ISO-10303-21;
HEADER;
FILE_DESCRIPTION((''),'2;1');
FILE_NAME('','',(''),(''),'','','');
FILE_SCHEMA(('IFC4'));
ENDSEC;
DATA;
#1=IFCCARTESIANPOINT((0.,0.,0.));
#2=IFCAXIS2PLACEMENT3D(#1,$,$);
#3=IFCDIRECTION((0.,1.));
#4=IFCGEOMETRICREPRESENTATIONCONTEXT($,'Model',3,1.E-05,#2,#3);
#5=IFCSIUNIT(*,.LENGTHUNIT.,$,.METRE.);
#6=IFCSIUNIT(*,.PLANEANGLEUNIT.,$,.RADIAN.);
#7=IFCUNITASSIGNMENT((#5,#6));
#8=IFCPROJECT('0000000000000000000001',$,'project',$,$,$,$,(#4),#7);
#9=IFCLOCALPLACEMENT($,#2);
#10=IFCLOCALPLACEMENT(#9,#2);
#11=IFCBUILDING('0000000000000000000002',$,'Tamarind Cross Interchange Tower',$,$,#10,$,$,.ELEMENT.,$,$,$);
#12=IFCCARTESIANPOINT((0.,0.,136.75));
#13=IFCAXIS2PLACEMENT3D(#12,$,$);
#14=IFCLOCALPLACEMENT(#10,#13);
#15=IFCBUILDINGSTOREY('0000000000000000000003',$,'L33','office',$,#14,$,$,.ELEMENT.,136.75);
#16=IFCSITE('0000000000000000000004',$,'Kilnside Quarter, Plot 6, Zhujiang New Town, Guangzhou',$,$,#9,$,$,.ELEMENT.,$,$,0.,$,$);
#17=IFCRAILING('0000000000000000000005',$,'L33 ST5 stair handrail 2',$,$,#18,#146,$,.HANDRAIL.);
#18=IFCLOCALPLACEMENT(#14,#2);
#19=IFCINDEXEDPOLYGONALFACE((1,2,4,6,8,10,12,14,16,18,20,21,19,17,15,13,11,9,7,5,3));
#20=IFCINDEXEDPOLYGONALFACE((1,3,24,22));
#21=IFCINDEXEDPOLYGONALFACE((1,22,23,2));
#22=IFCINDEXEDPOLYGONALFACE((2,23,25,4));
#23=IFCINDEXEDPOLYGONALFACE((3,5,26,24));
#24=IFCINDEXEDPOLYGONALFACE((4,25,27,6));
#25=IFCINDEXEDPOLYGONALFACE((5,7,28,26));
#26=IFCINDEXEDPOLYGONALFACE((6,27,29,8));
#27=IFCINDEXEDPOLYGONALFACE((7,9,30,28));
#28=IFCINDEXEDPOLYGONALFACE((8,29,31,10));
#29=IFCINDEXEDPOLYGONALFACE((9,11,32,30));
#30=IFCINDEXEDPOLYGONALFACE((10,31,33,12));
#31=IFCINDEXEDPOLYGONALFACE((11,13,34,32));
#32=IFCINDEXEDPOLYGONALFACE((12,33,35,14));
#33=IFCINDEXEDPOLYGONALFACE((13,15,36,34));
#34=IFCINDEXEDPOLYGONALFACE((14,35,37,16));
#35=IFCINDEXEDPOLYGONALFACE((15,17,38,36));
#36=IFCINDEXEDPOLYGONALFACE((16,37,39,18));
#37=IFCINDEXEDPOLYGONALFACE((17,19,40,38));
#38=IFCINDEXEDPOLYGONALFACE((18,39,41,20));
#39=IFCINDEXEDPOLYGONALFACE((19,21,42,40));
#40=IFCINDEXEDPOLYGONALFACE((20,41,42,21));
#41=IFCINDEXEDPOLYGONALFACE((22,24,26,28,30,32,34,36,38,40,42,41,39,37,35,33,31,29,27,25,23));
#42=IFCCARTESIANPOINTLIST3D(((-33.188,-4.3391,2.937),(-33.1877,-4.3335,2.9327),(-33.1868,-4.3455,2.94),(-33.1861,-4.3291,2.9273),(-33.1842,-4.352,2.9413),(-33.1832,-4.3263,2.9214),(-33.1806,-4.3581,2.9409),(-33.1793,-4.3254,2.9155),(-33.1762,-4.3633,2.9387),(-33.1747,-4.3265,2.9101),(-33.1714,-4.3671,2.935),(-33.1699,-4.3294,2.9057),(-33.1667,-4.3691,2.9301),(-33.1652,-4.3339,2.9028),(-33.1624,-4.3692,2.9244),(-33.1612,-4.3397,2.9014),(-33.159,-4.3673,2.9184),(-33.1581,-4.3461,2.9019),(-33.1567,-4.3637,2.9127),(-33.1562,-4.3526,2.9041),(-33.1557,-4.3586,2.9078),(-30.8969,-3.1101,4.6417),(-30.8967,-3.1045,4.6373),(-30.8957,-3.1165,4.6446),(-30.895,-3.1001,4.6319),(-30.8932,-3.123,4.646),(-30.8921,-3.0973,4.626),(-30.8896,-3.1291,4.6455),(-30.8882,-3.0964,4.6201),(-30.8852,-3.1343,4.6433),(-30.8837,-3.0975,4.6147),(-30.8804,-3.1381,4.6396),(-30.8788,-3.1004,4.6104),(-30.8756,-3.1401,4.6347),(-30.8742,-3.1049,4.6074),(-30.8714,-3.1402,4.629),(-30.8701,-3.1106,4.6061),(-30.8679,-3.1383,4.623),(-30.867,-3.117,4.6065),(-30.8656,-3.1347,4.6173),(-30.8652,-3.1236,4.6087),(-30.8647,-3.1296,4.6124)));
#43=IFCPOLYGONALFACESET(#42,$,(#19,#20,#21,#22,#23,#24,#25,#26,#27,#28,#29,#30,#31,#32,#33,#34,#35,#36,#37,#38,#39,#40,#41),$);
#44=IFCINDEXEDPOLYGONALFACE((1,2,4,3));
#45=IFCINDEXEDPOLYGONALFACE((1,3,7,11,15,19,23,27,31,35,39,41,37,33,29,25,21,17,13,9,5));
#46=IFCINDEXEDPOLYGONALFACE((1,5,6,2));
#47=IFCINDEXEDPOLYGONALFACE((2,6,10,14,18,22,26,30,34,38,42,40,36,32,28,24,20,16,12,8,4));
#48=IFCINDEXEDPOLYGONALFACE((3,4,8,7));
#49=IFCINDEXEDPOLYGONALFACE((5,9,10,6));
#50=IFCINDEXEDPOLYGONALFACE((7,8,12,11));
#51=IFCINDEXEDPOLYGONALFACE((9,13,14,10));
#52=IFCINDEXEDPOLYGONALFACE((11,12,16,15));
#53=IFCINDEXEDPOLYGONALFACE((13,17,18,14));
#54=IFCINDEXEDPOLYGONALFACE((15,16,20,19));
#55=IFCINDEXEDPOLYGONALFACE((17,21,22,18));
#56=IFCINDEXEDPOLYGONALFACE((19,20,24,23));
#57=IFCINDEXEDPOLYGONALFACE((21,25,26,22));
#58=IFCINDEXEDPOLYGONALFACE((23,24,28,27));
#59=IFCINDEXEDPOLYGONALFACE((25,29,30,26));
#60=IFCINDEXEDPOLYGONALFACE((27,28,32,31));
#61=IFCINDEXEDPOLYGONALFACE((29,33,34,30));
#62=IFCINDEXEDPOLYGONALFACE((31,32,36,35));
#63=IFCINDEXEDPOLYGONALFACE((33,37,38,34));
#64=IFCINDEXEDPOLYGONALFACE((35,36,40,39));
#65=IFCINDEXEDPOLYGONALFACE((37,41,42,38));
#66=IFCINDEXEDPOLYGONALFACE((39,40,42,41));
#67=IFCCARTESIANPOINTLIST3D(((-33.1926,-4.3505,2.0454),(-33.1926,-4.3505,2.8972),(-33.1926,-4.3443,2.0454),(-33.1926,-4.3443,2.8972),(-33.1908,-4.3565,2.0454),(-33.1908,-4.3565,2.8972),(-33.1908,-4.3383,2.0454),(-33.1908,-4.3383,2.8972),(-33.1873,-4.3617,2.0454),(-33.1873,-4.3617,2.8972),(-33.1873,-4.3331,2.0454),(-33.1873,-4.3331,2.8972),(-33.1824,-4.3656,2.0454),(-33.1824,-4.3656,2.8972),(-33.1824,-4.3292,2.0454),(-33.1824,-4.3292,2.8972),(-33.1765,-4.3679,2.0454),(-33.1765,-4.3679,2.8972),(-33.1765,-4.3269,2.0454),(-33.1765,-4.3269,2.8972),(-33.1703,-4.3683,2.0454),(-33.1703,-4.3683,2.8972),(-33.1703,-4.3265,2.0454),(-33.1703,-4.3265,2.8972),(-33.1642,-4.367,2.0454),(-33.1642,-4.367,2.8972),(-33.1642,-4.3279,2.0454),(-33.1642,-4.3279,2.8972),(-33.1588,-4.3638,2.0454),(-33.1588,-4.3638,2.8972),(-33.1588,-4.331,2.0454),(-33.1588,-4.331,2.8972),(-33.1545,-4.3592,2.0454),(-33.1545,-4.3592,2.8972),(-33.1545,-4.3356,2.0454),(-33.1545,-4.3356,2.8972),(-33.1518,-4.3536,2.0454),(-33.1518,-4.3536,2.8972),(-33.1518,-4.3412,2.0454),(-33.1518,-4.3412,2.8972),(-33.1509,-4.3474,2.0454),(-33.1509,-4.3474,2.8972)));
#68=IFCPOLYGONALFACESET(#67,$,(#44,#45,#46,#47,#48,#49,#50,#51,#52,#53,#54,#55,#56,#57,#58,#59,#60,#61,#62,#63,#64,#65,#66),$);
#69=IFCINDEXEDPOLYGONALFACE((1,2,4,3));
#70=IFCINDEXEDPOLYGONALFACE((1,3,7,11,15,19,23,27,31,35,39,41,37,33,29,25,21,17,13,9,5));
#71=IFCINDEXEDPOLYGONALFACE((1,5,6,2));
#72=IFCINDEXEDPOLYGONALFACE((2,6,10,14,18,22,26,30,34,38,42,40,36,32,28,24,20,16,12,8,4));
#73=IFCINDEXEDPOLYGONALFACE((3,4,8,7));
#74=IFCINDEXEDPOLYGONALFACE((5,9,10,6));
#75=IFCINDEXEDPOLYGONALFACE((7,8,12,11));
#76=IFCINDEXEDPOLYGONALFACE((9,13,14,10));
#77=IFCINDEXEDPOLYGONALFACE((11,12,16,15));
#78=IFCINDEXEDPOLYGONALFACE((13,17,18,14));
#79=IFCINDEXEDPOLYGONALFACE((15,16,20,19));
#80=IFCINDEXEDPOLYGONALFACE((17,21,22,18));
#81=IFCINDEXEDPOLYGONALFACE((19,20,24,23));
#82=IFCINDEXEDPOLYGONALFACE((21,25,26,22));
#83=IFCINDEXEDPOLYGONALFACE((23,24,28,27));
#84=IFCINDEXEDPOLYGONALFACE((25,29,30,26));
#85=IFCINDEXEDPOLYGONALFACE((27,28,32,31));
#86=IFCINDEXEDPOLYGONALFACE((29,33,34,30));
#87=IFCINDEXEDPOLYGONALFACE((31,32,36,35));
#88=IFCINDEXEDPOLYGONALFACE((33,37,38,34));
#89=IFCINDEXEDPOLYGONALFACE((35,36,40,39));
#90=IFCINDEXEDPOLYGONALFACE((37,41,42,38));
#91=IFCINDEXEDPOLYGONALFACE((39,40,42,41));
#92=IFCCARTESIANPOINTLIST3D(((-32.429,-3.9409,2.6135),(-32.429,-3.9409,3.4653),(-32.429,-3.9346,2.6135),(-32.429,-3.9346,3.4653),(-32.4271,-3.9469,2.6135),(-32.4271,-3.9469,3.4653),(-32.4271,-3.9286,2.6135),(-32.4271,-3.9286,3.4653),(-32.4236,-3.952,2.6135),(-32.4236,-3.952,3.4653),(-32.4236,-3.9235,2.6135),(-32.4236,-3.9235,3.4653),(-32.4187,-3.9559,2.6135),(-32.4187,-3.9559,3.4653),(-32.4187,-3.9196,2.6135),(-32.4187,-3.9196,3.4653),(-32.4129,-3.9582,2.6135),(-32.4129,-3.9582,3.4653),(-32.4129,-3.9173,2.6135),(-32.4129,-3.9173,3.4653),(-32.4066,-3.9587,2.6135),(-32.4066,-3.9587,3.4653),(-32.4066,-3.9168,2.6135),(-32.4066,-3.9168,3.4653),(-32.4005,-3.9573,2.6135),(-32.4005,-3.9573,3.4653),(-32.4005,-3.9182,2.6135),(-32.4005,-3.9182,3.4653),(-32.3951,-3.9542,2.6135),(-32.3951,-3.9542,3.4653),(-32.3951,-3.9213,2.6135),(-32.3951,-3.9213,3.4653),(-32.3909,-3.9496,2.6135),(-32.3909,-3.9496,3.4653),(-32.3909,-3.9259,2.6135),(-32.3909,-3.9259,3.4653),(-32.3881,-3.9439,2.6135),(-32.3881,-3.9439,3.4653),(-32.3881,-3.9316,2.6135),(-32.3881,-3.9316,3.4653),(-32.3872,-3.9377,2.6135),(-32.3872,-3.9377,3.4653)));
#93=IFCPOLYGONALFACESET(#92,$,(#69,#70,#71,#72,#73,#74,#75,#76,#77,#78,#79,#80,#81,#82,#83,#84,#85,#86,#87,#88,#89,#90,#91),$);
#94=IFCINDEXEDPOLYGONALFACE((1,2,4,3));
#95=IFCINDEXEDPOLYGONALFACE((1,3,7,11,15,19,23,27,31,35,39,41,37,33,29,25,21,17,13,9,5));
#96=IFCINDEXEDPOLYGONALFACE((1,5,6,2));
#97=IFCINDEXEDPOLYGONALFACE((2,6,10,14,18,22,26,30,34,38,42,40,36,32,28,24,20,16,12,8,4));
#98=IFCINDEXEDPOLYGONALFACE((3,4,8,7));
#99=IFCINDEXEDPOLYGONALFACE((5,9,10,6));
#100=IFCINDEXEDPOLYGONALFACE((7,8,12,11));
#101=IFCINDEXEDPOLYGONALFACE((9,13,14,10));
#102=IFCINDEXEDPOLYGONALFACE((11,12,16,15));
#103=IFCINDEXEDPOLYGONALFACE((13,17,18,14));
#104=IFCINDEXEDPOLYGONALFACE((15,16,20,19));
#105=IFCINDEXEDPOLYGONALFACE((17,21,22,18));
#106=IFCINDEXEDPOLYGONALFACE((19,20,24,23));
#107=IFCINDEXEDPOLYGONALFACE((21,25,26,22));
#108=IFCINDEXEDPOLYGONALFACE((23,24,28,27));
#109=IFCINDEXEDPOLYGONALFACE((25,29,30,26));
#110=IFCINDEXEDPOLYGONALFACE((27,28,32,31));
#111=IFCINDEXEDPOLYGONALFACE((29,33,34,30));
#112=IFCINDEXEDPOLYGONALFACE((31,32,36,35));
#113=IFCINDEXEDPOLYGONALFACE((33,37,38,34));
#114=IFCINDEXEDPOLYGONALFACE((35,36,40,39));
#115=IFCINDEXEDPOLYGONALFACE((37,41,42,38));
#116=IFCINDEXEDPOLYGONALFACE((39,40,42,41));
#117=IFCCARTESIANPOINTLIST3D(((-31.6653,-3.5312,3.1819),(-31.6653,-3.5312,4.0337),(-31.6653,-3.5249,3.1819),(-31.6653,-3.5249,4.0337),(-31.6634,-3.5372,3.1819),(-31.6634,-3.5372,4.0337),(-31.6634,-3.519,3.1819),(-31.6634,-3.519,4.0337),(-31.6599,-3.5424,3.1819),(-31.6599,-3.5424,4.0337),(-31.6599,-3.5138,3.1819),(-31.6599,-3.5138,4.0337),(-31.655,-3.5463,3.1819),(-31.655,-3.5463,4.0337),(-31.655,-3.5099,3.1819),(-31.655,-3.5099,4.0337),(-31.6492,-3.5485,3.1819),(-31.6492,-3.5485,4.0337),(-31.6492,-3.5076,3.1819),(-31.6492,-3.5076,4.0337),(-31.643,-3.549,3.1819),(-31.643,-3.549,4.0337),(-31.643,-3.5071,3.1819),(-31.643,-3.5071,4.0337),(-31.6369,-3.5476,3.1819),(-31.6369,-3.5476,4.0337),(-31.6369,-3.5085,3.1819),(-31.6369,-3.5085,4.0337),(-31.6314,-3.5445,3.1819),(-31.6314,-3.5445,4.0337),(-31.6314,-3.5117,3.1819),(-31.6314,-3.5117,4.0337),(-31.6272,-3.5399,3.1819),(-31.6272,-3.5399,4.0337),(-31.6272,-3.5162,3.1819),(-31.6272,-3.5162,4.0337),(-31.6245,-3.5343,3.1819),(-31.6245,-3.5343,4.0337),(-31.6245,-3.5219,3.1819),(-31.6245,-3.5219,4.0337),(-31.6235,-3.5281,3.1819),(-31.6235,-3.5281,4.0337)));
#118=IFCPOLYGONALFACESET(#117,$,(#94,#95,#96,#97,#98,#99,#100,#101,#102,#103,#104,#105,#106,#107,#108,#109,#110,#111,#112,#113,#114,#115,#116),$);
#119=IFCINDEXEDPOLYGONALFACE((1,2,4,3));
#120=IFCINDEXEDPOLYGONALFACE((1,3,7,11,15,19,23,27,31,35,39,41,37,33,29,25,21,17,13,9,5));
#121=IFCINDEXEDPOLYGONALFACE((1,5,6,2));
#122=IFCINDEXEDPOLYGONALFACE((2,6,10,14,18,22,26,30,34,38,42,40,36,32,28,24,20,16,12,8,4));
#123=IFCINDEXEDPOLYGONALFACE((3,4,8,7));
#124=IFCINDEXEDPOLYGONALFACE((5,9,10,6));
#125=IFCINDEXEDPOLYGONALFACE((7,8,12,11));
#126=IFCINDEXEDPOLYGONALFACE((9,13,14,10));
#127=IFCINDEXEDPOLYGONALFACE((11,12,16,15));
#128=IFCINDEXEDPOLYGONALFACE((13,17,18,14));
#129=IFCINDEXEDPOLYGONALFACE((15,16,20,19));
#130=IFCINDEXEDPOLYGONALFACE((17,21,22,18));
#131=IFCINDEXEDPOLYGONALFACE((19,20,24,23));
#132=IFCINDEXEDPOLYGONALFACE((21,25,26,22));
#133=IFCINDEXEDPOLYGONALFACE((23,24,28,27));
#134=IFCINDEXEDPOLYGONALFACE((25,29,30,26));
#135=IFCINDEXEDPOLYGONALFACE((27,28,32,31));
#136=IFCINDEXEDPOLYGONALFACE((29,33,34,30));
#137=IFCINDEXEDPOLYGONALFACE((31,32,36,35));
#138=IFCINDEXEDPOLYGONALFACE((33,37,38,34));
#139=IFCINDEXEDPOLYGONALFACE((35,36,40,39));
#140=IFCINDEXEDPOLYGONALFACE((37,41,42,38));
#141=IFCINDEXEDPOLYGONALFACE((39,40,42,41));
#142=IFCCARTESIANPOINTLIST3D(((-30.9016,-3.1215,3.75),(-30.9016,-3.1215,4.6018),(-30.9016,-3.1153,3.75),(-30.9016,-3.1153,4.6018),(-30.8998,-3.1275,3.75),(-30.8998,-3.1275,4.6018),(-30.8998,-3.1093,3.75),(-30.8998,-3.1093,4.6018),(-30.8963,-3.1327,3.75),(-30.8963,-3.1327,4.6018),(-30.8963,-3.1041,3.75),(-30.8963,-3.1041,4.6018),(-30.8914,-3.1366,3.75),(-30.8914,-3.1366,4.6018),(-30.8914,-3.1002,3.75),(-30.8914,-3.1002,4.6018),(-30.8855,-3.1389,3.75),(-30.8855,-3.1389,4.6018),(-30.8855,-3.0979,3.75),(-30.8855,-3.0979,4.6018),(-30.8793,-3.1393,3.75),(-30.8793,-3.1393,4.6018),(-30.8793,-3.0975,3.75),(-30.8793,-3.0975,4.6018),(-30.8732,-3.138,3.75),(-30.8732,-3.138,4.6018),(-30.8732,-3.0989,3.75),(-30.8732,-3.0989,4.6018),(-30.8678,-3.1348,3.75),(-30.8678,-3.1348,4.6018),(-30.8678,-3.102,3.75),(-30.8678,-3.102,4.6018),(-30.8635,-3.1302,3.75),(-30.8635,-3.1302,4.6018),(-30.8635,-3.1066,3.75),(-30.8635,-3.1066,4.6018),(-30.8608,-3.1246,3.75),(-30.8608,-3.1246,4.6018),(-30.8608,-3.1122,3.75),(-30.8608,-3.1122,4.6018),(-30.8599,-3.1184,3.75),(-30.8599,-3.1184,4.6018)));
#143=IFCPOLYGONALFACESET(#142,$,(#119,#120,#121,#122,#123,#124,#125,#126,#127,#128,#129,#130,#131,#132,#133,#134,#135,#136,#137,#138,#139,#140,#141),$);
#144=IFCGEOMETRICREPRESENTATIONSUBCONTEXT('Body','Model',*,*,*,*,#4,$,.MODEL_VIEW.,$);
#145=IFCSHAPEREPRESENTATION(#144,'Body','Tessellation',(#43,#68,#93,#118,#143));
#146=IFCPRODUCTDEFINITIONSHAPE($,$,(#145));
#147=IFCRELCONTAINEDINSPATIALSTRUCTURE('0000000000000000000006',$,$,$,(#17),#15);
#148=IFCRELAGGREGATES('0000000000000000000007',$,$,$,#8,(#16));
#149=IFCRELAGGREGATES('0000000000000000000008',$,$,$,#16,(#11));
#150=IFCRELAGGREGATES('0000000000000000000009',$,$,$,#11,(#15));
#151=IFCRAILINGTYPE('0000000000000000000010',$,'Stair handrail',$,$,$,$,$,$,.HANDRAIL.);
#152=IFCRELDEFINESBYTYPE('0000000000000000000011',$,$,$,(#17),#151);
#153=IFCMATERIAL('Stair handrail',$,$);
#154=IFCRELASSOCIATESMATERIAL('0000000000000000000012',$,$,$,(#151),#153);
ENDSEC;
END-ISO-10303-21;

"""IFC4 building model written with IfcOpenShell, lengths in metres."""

from ifc_helpers import new_model, si_unit, direction, frame, origin, origin_2d, place, context, subcontext, project, spatial, circle, extrude, material, type_object, element, save


model = new_model("IFC4")

# Units and contexts
model_context = context("Model", 3, precision=1e-05, world=origin(), true_north=direction((0.0, 1.0)))
body_context = subcontext(model_context, "Body", "Model", "MODEL_VIEW")
ifc_project = project(units=[si_unit("LENGTHUNIT", "METRE"), si_unit("PLANEANGLEUNIT", "RADIAN")], contexts=[model_context])

# Site, building, storey
site_placement = place(None, origin())
site = spatial("IfcSite", under=ifc_project, at=site_placement, Name="Kilnside Quarter, Plot 6, Zhujiang New Town, Guangzhou", CompositionType="ELEMENT", RefElevation=0.0)
building_placement = place(site_placement, origin())
building = spatial("IfcBuilding", under=site, at=building_placement, Name="Tamarind Cross Interchange Tower", CompositionType="ELEMENT")
storey_placement = place(building_placement, frame((0.0, 0.0, 136.75)))
storey = spatial("IfcBuildingStorey", under=building, at=storey_placement, Name="L33", Description="office", CompositionType="ELEMENT", Elevation=136.75)

# Railing
ifc_material_1 = material(Name="Stair handrail")
railing_type_1 = type_object("IfcRailingType", Name="Stair handrail", PredefinedType="HANDRAIL", material=ifc_material_1)
railing_1_placement = place(storey_placement, frame((-33.1719, -4.3474, 2.0454)))
element("IfcRailing", 1, at=railing_1_placement, inside=storey, type_object=railing_type_1, Name="L33 ST5 stair handrail 2", PredefinedType="HANDRAIL", context=body_context, shape_type="SweptSolid", body=[
    extrude(circle(Radius=0.0239, at=origin_2d()), frame((0.0, 0.0, 0.876), z_axis=(0.736938, 0.395327, 0.548306), x_axis=(-0.472722, 0.881212, 0.0)), (0.0, 0.0, 1.0), 3.1089),
    extrude(circle(Radius=0.021, at=origin_2d()), origin(), (0.0, 0.0, 1.0), 0.8518),
    extrude(circle(Radius=0.021, at=origin_2d()), frame((0.7637, 0.4097, 0.5681)), (0.0, 0.0, 1.0), 0.8518),
    extrude(circle(Radius=0.021, at=origin_2d()), frame((1.5273, 0.8193, 1.1365)), (0.0, 0.0, 1.0), 0.8518),
    extrude(circle(Radius=0.021, at=origin_2d()), frame((2.291, 1.229, 1.7046)), (0.0, 0.0, 1.0), 0.8518),
])

save(model, "model.ifc")
